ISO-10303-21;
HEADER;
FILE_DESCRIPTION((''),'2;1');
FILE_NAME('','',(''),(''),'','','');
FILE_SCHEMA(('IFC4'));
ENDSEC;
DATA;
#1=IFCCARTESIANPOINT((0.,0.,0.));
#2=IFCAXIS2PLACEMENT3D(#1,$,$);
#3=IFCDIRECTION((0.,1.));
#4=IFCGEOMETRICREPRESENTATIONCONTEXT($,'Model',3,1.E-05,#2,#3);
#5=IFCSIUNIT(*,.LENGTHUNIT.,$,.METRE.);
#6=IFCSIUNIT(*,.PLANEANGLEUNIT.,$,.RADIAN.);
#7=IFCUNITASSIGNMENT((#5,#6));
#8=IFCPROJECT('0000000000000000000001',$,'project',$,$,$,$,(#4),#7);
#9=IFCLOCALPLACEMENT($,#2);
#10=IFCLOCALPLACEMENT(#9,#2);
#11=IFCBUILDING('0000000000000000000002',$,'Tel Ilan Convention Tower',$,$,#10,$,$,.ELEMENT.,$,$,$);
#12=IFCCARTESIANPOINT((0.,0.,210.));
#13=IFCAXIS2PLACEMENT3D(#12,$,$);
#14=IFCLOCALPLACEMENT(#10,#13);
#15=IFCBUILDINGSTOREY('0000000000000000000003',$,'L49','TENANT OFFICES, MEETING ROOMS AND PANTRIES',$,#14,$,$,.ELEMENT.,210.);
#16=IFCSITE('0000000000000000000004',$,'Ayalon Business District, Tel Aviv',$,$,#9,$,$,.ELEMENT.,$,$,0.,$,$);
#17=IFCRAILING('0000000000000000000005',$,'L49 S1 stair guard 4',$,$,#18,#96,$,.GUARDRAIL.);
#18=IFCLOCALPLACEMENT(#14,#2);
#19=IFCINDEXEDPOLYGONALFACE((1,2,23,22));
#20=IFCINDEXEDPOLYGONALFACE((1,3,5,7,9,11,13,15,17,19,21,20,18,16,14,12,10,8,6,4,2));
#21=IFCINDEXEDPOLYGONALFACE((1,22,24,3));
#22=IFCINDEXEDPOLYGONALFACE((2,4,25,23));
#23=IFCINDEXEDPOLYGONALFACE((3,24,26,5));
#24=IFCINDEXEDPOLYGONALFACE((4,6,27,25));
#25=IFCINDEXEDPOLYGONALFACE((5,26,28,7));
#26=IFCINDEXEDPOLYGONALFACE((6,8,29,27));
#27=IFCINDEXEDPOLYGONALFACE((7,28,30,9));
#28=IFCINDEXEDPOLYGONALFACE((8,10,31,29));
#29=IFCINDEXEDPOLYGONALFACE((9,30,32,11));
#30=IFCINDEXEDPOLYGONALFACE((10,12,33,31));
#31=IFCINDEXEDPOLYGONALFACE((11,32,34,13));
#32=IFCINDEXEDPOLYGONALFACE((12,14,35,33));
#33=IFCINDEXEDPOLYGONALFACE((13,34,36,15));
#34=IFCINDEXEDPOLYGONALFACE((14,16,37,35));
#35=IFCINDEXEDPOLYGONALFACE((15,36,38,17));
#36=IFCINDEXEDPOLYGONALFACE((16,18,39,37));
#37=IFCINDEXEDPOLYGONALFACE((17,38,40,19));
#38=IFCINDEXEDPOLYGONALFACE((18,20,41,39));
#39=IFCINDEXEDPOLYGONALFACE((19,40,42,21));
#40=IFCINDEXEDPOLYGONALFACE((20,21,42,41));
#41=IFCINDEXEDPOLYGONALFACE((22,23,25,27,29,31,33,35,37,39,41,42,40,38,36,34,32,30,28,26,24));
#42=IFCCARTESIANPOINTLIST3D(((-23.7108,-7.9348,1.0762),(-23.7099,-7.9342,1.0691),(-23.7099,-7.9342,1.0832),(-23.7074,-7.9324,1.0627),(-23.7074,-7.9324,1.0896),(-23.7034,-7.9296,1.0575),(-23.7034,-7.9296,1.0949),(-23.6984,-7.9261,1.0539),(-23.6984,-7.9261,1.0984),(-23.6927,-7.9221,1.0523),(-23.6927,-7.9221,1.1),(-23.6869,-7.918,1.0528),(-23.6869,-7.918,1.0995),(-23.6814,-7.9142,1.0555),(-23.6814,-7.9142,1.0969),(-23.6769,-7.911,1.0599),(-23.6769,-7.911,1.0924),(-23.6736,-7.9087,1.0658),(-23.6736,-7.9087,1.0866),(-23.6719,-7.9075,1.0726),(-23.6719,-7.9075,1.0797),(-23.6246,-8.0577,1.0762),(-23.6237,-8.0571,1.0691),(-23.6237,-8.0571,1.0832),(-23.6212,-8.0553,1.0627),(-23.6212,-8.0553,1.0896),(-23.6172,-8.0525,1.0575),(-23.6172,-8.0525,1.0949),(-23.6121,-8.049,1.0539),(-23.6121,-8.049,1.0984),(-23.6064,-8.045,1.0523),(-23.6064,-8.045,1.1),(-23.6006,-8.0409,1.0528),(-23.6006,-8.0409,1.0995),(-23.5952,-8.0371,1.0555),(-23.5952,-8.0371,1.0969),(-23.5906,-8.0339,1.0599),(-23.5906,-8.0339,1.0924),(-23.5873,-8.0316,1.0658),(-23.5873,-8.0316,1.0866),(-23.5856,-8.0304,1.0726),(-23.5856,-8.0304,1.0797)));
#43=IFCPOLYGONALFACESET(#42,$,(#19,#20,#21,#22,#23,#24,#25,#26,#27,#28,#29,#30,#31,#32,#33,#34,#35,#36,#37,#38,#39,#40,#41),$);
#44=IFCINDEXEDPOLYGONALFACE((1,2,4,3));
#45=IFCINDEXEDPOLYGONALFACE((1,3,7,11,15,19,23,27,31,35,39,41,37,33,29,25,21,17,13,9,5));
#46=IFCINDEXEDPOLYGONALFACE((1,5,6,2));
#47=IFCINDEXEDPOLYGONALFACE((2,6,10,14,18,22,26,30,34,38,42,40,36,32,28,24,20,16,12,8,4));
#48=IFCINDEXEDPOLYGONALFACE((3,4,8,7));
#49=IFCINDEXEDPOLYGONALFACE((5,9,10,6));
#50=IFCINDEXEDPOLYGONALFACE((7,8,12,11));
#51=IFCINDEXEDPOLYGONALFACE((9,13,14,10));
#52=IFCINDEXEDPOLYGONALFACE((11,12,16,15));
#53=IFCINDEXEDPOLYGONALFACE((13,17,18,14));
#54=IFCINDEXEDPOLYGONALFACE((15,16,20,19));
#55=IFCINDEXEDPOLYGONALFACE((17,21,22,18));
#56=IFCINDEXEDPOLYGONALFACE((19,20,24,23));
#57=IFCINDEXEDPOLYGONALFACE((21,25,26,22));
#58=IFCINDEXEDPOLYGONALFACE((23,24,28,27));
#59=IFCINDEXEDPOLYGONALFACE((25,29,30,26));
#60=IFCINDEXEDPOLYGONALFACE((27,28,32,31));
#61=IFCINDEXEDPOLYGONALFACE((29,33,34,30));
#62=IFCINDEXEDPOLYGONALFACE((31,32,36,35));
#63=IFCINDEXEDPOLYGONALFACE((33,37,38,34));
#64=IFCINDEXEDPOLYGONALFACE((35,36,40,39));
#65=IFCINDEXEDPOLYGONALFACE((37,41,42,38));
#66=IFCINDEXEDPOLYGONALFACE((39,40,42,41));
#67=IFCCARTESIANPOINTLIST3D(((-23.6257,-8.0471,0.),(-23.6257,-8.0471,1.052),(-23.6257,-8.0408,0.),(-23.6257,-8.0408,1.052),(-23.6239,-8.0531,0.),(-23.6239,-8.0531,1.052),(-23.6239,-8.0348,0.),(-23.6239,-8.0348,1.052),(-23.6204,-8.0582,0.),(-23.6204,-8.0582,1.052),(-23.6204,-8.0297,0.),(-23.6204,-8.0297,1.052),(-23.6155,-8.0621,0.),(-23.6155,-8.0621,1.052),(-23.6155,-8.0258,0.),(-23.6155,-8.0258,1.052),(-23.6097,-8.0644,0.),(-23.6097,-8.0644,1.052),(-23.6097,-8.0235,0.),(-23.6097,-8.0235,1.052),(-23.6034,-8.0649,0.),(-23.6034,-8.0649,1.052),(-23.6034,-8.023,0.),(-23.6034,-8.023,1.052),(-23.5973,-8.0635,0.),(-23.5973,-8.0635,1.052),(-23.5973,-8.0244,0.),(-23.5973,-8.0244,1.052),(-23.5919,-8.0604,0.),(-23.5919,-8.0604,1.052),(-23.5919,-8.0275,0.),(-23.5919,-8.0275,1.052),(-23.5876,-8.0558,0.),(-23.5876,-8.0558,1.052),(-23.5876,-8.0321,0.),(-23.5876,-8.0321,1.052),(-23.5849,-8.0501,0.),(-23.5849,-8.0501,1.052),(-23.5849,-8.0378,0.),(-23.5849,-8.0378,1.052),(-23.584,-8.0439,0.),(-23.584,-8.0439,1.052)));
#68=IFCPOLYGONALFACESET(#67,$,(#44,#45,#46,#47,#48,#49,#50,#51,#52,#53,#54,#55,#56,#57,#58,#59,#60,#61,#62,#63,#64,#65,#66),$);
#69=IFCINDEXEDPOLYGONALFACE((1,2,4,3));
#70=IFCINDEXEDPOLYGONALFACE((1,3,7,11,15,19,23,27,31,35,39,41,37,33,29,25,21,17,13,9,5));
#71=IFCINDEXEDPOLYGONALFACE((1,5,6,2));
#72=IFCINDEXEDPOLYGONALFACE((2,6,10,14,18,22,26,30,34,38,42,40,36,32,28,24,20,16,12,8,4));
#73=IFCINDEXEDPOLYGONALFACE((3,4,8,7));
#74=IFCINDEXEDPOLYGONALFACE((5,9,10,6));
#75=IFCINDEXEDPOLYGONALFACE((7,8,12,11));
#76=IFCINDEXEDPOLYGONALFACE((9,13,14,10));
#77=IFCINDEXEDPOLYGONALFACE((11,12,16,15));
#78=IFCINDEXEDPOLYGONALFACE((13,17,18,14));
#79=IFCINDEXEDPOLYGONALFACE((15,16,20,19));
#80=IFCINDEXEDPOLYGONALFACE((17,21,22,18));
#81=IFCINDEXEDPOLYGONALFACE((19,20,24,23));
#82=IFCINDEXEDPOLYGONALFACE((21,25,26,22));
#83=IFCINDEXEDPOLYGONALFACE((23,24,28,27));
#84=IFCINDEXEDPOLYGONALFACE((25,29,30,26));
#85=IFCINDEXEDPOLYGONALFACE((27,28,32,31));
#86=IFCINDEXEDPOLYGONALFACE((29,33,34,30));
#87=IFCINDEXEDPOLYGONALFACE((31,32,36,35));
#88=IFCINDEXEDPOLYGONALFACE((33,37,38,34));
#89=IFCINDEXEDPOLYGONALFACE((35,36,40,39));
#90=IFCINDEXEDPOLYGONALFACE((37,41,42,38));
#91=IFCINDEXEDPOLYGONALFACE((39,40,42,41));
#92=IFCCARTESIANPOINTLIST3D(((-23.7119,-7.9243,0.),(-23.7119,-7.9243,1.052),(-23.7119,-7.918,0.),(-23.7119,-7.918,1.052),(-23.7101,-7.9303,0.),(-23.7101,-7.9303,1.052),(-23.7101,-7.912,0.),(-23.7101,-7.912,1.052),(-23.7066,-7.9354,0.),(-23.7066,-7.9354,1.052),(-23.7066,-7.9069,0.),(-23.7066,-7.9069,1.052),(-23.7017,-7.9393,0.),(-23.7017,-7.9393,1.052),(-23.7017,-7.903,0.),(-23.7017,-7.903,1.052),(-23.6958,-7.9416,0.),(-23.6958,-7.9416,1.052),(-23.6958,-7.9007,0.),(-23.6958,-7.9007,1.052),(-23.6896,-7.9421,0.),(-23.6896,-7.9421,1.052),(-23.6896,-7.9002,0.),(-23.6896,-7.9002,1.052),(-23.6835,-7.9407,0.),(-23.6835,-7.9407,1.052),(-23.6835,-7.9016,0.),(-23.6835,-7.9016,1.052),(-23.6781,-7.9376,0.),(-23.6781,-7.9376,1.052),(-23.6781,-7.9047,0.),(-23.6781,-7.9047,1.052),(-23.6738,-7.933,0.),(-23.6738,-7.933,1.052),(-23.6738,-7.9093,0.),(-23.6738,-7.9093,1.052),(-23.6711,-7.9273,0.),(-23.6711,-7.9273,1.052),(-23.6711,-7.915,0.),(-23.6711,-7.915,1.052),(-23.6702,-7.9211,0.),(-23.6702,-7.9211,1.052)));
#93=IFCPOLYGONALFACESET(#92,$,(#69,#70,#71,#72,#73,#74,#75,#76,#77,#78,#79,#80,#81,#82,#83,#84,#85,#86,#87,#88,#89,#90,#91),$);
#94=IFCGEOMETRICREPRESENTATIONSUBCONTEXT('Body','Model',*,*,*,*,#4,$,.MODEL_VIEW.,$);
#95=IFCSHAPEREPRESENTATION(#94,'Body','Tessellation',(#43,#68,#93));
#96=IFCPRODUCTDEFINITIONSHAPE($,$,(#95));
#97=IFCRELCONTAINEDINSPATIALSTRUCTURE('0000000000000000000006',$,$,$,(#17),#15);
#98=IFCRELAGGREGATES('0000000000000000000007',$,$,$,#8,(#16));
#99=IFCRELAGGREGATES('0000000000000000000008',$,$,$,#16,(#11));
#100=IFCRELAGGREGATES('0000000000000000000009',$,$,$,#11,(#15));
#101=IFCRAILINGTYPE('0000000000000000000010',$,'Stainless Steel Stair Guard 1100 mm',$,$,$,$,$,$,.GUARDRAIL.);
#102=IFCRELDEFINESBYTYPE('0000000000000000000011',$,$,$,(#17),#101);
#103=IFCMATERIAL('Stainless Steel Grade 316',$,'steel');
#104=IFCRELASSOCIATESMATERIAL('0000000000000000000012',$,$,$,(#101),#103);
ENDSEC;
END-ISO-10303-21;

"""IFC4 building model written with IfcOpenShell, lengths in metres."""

from ifc_helpers import new_model, si_unit, direction, frame, origin, origin_2d, place, context, subcontext, project, spatial, circle, extrude, material, type_object, element, save


model = new_model("IFC4")

# Units and contexts
model_context = context("Model", 3, precision=1e-05, world=origin(), true_north=direction((0.0, 1.0)))
body_context = subcontext(model_context, "Body", "Model", "MODEL_VIEW")
ifc_project = project(units=[si_unit("LENGTHUNIT", "METRE"), si_unit("PLANEANGLEUNIT", "RADIAN")], contexts=[model_context])

# Site, building, storey
site_placement = place(None, origin())
site = spatial("IfcSite", under=ifc_project, at=site_placement, Name="Ayalon Business District, Tel Aviv", CompositionType="ELEMENT", RefElevation=0.0)
building_placement = place(site_placement, origin())
building = spatial("IfcBuilding", under=site, at=building_placement, Name="Tel Ilan Convention Tower", CompositionType="ELEMENT")
storey_placement = place(building_placement, frame((0.0, 0.0, 210.0)))
storey = spatial("IfcBuildingStorey", under=building, at=storey_placement, Name="L49", Description="TENANT OFFICES, MEETING ROOMS AND PANTRIES", CompositionType="ELEMENT", Elevation=210.0)

# Railing
ifc_material_1 = material(Name="Stainless Steel Grade 316", Category="steel")
railing_type = type_object("IfcRailingType", Name="Stainless Steel Stair Guard 1100 mm", PredefinedType="GUARDRAIL", material=ifc_material_1)
railing_1_placement = place(storey_placement, frame((-23.605, -8.0439, 0.0)))
element("IfcRailing", 1, at=railing_1_placement, inside=storey, type_object=railing_type, Name="L49 S1 stair guard 4", PredefinedType="GUARDRAIL", context=body_context, shape_type="SweptSolid", body=[
    extrude(circle(Radius=0.0239, at=origin_2d()), frame((0.0, 0.0, 1.0762), z_axis=(-0.574445, 0.818543, 0.0), x_axis=(-0.818543, -0.574445, 0.0)), (0.0, 0.0, 1.0), 0.1501),
    extrude(circle(Radius=0.021, at=origin_2d()), origin(), (0.0, 0.0, 1.0), 1.052),
    extrude(circle(Radius=0.021, at=origin_2d()), frame((-0.0862, 0.1228, 0.0)), (0.0, 0.0, 1.0), 1.052),
])

save(model, "model.ifc")
